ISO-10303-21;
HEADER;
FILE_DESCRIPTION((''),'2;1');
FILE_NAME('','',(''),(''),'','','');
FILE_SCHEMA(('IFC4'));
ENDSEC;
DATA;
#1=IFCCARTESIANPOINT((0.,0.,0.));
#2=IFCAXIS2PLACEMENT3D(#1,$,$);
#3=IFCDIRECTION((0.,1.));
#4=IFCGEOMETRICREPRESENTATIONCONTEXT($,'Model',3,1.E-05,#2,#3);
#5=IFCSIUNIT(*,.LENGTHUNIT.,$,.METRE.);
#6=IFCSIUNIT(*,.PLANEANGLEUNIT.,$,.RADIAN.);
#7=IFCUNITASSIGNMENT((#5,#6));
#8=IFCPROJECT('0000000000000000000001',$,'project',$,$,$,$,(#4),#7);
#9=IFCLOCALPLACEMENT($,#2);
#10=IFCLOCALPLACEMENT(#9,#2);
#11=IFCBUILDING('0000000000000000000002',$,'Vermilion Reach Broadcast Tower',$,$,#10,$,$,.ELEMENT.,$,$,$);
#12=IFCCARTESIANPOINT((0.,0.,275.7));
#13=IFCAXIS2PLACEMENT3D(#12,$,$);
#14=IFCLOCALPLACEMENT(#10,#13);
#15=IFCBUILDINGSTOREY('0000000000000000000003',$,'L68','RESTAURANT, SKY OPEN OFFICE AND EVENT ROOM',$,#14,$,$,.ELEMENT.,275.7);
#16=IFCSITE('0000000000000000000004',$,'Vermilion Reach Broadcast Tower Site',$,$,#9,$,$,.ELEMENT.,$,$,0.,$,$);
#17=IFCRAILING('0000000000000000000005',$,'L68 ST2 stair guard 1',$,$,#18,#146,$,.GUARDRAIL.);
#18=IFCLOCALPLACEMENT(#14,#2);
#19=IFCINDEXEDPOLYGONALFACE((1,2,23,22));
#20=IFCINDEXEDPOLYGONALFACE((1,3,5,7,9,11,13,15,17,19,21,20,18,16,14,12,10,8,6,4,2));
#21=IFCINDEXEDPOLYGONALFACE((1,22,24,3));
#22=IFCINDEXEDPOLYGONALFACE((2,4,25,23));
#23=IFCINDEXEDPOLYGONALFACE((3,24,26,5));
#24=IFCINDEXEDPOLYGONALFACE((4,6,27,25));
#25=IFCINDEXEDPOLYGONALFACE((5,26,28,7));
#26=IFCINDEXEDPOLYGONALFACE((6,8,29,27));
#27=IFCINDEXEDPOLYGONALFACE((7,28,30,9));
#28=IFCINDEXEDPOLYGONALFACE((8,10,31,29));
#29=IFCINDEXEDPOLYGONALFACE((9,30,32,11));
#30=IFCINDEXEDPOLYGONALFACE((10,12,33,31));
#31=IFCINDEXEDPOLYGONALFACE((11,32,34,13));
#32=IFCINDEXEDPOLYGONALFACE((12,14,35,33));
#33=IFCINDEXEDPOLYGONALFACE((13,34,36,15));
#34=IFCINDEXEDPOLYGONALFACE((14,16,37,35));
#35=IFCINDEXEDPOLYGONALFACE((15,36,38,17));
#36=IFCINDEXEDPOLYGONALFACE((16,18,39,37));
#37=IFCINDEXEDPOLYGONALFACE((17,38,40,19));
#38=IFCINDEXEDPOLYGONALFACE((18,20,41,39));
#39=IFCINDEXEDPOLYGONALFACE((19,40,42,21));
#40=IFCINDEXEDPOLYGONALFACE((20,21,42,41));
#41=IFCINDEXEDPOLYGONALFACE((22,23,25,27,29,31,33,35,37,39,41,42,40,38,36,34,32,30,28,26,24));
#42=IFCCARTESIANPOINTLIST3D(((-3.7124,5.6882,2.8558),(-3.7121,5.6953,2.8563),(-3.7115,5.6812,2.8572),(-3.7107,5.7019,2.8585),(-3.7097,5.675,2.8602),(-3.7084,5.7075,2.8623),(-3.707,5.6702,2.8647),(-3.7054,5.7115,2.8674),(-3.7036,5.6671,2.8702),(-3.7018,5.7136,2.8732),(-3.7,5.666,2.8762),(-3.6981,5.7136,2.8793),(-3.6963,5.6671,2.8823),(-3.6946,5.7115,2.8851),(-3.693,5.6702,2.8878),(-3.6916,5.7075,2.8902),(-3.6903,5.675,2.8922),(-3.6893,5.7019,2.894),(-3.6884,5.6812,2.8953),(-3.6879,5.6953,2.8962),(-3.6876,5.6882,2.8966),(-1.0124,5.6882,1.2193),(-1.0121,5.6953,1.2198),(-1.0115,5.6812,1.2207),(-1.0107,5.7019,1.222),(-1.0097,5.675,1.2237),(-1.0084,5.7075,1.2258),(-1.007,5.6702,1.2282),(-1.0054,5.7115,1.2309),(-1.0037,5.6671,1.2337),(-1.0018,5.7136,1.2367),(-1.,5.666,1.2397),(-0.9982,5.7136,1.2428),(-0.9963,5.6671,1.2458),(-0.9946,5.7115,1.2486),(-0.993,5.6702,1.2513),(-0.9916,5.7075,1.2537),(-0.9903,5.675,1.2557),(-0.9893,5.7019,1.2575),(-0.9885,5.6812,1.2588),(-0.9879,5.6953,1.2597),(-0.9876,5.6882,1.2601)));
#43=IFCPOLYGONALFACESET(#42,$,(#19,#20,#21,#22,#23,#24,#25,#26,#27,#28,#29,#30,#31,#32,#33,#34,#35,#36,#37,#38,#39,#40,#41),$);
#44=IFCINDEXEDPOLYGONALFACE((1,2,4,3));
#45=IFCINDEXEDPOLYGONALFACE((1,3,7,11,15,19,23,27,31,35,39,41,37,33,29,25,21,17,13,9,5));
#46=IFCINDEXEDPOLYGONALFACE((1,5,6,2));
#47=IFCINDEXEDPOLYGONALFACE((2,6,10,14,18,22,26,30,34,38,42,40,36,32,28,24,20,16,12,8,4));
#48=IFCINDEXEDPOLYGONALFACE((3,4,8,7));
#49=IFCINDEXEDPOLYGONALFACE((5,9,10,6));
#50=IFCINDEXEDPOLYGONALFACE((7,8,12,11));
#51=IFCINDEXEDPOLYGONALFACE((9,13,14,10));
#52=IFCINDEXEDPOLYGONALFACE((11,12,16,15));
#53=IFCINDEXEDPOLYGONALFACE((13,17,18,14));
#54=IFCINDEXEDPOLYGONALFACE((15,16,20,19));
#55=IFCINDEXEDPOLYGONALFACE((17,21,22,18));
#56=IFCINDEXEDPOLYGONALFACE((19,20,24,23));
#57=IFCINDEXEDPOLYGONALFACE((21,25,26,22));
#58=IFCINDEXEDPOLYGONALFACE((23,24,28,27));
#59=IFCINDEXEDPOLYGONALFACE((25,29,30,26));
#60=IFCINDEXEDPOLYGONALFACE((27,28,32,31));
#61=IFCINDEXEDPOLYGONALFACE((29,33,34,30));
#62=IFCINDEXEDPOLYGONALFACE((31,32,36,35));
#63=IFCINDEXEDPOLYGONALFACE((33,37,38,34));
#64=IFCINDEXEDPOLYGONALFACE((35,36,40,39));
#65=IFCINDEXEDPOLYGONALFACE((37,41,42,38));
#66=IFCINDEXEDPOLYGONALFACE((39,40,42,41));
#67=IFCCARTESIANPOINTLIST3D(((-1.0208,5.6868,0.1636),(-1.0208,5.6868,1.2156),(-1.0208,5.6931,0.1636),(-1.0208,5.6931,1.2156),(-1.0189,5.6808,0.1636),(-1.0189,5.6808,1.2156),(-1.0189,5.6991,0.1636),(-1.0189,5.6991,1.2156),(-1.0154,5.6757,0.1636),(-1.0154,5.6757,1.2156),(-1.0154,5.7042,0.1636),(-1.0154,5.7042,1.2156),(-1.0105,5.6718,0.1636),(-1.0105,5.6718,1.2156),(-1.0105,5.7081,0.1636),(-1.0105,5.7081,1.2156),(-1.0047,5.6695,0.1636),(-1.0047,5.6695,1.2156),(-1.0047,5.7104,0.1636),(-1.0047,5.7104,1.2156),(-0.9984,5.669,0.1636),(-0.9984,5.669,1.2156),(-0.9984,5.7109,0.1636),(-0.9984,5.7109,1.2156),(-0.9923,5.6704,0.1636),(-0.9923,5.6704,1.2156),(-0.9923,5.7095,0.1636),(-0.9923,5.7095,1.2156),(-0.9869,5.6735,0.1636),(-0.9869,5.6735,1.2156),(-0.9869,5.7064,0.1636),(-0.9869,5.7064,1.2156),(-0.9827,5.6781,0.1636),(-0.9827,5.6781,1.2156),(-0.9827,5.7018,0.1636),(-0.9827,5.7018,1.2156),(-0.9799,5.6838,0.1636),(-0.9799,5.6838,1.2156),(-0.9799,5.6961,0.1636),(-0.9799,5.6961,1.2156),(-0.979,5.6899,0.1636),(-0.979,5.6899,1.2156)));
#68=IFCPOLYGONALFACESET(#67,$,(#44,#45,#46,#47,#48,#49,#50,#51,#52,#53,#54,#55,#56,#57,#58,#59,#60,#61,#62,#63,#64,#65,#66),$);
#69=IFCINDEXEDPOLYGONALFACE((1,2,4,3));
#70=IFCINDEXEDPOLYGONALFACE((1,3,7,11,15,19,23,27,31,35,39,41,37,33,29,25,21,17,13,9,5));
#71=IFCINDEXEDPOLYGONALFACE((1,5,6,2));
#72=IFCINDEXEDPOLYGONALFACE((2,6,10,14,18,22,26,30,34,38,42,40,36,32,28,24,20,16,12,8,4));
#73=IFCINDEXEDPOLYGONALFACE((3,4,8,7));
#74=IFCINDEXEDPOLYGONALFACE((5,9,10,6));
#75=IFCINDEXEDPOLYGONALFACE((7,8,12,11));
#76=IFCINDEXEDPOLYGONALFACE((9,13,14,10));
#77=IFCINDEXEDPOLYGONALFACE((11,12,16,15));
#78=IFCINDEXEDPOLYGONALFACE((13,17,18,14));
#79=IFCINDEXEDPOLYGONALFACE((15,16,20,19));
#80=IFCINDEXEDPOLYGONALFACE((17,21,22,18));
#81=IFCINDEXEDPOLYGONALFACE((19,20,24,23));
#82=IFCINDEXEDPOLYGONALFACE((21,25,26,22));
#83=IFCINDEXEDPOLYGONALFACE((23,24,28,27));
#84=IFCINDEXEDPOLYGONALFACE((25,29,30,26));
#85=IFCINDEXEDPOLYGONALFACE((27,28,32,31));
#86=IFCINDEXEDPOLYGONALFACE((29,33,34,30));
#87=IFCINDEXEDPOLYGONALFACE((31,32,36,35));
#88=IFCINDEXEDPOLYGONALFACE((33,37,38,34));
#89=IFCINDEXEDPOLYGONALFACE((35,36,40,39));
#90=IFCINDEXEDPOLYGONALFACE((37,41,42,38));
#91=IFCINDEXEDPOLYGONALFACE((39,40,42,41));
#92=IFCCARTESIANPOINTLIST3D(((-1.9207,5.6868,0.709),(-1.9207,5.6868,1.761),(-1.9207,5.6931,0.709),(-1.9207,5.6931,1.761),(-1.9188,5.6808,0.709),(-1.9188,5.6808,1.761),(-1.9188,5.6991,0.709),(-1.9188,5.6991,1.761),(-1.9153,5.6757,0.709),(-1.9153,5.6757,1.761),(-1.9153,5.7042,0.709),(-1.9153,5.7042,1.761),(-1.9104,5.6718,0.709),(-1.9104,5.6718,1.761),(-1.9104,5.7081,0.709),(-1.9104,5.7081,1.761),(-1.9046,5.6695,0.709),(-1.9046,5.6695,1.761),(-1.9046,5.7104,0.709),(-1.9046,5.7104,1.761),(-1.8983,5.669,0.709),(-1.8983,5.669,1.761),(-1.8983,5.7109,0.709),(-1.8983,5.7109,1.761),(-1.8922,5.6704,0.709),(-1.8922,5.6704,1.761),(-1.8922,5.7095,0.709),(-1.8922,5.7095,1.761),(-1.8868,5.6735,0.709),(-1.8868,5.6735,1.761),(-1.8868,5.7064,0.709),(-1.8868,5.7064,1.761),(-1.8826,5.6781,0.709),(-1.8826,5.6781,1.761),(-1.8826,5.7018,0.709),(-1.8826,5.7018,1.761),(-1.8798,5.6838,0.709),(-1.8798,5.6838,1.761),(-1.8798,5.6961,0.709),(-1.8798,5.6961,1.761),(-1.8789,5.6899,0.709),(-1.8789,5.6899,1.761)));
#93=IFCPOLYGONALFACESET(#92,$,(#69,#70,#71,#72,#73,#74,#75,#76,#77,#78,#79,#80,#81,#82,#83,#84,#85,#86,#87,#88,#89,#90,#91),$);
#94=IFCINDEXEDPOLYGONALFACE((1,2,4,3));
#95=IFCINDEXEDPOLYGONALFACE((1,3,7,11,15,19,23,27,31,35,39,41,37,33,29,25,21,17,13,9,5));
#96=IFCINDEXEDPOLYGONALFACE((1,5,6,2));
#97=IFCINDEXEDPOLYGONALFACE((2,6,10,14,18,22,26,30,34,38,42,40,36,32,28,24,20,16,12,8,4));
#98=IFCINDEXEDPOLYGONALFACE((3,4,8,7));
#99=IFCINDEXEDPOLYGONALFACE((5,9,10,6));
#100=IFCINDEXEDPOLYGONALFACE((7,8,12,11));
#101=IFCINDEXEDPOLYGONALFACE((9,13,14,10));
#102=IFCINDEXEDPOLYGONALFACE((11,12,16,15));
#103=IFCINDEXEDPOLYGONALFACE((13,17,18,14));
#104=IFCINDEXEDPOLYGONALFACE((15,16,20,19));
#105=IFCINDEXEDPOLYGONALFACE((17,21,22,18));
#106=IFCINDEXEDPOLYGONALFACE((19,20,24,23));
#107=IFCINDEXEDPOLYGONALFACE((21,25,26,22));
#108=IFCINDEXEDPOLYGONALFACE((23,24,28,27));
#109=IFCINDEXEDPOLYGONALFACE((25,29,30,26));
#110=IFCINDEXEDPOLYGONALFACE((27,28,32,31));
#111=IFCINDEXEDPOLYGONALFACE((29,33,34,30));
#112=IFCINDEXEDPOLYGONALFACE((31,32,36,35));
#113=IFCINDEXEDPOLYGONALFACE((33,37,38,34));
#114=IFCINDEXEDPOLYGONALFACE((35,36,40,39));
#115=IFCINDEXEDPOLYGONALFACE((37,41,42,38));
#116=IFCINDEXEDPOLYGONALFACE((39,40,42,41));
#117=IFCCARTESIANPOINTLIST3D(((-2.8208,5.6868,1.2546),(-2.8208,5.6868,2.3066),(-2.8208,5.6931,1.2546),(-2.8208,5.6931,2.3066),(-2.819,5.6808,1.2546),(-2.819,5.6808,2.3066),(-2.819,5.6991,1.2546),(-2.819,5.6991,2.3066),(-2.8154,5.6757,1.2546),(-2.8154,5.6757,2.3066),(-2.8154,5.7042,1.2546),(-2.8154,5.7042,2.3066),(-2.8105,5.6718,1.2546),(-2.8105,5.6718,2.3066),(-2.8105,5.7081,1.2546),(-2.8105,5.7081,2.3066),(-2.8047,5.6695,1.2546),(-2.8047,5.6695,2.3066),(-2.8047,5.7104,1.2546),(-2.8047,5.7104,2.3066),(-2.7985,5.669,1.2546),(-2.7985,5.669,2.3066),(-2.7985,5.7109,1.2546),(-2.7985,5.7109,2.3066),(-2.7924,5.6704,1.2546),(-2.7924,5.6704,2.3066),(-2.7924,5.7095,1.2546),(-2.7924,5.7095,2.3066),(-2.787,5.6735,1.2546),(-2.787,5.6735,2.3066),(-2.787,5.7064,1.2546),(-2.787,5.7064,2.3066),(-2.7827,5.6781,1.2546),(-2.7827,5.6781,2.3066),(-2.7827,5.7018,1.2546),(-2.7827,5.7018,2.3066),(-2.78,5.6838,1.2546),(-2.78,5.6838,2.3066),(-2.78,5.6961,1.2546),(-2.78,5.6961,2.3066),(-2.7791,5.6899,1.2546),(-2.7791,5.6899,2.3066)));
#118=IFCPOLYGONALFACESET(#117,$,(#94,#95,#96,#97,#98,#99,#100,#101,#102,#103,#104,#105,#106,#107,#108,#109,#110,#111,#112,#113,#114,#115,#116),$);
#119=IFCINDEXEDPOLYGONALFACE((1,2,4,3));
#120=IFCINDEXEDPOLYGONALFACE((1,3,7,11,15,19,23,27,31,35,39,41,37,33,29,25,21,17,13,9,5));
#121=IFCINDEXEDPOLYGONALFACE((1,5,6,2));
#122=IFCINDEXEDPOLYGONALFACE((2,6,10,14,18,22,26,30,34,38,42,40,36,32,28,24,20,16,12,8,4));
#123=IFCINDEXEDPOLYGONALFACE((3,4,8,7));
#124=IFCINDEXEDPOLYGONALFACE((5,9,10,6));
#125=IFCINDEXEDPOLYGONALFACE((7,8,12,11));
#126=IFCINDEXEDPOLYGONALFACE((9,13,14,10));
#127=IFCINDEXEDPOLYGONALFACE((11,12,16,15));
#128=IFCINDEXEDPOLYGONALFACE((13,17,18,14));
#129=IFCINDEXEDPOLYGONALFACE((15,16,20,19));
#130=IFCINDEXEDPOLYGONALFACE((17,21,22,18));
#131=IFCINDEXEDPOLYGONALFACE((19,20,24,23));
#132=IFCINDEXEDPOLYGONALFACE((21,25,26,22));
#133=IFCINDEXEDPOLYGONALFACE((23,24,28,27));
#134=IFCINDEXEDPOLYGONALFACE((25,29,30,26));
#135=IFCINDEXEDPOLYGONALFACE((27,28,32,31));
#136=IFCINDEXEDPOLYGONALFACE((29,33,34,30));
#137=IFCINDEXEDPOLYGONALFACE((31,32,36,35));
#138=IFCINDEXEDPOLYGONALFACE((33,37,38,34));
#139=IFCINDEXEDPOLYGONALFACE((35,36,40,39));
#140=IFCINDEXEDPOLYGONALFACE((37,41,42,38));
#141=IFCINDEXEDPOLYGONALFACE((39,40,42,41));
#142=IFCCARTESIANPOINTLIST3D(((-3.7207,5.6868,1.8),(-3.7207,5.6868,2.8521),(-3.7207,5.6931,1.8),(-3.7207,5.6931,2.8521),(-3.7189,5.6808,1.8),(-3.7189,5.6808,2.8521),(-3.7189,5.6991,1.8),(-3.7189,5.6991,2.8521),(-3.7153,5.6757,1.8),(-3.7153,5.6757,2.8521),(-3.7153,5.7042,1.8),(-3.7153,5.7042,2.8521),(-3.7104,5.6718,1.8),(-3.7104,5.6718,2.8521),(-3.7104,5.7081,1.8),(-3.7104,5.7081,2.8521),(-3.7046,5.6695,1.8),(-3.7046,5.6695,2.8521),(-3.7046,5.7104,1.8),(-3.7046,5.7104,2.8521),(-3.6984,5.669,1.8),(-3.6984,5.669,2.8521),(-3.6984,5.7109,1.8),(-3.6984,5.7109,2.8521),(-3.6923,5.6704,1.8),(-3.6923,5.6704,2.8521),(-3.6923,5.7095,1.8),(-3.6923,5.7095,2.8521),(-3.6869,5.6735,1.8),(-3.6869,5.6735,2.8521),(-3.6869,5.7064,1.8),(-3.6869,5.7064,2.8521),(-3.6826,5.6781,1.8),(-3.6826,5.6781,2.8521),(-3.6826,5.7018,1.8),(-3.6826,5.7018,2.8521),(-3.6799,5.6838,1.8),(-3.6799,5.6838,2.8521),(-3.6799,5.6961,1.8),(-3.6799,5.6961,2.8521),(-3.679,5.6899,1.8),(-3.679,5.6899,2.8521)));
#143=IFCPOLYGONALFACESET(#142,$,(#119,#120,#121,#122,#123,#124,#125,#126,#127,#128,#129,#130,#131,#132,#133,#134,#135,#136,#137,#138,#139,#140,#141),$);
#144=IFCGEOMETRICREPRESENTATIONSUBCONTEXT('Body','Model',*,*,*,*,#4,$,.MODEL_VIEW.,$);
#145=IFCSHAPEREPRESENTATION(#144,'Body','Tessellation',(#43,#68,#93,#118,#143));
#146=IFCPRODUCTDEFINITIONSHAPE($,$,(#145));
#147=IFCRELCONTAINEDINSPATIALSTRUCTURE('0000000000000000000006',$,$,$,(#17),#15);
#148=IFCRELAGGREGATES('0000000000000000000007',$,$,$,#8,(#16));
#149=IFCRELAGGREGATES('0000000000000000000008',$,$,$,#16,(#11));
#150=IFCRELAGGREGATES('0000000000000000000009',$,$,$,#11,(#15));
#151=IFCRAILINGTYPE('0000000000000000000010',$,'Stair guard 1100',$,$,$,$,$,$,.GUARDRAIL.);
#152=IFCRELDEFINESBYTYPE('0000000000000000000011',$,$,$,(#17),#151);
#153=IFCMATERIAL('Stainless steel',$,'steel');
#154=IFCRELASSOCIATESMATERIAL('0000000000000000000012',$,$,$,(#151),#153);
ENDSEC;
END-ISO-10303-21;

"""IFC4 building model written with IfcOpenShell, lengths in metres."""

from ifc_helpers import new_model, si_unit, direction, frame, origin, origin_2d, place, context, subcontext, project, spatial, circle, extrude, material, type_object, element, save


model = new_model("IFC4")

# Units and contexts
model_context = context("Model", 3, precision=1e-05, world=origin(), true_north=direction((0.0, 1.0)))
body_context = subcontext(model_context, "Body", "Model", "MODEL_VIEW")
ifc_project = project(units=[si_unit("LENGTHUNIT", "METRE"), si_unit("PLANEANGLEUNIT", "RADIAN")], contexts=[model_context])

# Site, building, storey
site_placement = place(None, origin())
site = spatial("IfcSite", under=ifc_project, at=site_placement, Name="Vermilion Reach Broadcast Tower Site", CompositionType="ELEMENT", RefElevation=0.0)
building_placement = place(site_placement, origin())
building = spatial("IfcBuilding", under=site, at=building_placement, Name="Vermilion Reach Broadcast Tower", CompositionType="ELEMENT")
storey_placement = place(building_placement, frame((0.0, 0.0, 275.7)))
storey = spatial("IfcBuildingStorey", under=building, at=storey_placement, Name="L68", Description="RESTAURANT, SKY OPEN OFFICE AND EVENT ROOM", CompositionType="ELEMENT", Elevation=275.7)

# Railing
ifc_material_1 = material(Name="Stainless steel", Category="steel")
railing_type_1 = type_object("IfcRailingType", Name="Stair guard 1100", PredefinedType="GUARDRAIL", material=ifc_material_1)
railing_1_placement = place(storey_placement, frame((-1.0, 5.6899, 0.1636)))
element("IfcRailing", 1, at=railing_1_placement, inside=storey, type_object=railing_type_1, Name="L68 ST2 stair guard 1", PredefinedType="GUARDRAIL", context=body_context, shape_type="SweptSolid", body=[
    extrude(circle(Radius=0.0239, at=origin_2d()), frame((0.0, 0.0, 1.0762), z_axis=(-0.855178, 0.0, 0.518334), x_axis=(0.0, -1.0, 0.0)), (0.0, 0.0, 1.0), 3.1572),
    extrude(circle(Radius=0.021, at=origin_2d()), origin(), (0.0, 0.0, 1.0), 1.052),
    extrude(circle(Radius=0.021, at=origin_2d()), frame((-0.8999, 0.0, 0.5454)), (0.0, 0.0, 1.0), 1.052),
    extrude(circle(Radius=0.021, at=origin_2d()), frame((-1.8, 0.0, 1.0911)), (0.0, 0.0, 1.0), 1.052),
    extrude(circle(Radius=0.021, at=origin_2d()), frame((-2.7, 0.0, 1.6365)), (0.0, 0.0, 1.0), 1.052),
])

save(model, "model.ifc")
